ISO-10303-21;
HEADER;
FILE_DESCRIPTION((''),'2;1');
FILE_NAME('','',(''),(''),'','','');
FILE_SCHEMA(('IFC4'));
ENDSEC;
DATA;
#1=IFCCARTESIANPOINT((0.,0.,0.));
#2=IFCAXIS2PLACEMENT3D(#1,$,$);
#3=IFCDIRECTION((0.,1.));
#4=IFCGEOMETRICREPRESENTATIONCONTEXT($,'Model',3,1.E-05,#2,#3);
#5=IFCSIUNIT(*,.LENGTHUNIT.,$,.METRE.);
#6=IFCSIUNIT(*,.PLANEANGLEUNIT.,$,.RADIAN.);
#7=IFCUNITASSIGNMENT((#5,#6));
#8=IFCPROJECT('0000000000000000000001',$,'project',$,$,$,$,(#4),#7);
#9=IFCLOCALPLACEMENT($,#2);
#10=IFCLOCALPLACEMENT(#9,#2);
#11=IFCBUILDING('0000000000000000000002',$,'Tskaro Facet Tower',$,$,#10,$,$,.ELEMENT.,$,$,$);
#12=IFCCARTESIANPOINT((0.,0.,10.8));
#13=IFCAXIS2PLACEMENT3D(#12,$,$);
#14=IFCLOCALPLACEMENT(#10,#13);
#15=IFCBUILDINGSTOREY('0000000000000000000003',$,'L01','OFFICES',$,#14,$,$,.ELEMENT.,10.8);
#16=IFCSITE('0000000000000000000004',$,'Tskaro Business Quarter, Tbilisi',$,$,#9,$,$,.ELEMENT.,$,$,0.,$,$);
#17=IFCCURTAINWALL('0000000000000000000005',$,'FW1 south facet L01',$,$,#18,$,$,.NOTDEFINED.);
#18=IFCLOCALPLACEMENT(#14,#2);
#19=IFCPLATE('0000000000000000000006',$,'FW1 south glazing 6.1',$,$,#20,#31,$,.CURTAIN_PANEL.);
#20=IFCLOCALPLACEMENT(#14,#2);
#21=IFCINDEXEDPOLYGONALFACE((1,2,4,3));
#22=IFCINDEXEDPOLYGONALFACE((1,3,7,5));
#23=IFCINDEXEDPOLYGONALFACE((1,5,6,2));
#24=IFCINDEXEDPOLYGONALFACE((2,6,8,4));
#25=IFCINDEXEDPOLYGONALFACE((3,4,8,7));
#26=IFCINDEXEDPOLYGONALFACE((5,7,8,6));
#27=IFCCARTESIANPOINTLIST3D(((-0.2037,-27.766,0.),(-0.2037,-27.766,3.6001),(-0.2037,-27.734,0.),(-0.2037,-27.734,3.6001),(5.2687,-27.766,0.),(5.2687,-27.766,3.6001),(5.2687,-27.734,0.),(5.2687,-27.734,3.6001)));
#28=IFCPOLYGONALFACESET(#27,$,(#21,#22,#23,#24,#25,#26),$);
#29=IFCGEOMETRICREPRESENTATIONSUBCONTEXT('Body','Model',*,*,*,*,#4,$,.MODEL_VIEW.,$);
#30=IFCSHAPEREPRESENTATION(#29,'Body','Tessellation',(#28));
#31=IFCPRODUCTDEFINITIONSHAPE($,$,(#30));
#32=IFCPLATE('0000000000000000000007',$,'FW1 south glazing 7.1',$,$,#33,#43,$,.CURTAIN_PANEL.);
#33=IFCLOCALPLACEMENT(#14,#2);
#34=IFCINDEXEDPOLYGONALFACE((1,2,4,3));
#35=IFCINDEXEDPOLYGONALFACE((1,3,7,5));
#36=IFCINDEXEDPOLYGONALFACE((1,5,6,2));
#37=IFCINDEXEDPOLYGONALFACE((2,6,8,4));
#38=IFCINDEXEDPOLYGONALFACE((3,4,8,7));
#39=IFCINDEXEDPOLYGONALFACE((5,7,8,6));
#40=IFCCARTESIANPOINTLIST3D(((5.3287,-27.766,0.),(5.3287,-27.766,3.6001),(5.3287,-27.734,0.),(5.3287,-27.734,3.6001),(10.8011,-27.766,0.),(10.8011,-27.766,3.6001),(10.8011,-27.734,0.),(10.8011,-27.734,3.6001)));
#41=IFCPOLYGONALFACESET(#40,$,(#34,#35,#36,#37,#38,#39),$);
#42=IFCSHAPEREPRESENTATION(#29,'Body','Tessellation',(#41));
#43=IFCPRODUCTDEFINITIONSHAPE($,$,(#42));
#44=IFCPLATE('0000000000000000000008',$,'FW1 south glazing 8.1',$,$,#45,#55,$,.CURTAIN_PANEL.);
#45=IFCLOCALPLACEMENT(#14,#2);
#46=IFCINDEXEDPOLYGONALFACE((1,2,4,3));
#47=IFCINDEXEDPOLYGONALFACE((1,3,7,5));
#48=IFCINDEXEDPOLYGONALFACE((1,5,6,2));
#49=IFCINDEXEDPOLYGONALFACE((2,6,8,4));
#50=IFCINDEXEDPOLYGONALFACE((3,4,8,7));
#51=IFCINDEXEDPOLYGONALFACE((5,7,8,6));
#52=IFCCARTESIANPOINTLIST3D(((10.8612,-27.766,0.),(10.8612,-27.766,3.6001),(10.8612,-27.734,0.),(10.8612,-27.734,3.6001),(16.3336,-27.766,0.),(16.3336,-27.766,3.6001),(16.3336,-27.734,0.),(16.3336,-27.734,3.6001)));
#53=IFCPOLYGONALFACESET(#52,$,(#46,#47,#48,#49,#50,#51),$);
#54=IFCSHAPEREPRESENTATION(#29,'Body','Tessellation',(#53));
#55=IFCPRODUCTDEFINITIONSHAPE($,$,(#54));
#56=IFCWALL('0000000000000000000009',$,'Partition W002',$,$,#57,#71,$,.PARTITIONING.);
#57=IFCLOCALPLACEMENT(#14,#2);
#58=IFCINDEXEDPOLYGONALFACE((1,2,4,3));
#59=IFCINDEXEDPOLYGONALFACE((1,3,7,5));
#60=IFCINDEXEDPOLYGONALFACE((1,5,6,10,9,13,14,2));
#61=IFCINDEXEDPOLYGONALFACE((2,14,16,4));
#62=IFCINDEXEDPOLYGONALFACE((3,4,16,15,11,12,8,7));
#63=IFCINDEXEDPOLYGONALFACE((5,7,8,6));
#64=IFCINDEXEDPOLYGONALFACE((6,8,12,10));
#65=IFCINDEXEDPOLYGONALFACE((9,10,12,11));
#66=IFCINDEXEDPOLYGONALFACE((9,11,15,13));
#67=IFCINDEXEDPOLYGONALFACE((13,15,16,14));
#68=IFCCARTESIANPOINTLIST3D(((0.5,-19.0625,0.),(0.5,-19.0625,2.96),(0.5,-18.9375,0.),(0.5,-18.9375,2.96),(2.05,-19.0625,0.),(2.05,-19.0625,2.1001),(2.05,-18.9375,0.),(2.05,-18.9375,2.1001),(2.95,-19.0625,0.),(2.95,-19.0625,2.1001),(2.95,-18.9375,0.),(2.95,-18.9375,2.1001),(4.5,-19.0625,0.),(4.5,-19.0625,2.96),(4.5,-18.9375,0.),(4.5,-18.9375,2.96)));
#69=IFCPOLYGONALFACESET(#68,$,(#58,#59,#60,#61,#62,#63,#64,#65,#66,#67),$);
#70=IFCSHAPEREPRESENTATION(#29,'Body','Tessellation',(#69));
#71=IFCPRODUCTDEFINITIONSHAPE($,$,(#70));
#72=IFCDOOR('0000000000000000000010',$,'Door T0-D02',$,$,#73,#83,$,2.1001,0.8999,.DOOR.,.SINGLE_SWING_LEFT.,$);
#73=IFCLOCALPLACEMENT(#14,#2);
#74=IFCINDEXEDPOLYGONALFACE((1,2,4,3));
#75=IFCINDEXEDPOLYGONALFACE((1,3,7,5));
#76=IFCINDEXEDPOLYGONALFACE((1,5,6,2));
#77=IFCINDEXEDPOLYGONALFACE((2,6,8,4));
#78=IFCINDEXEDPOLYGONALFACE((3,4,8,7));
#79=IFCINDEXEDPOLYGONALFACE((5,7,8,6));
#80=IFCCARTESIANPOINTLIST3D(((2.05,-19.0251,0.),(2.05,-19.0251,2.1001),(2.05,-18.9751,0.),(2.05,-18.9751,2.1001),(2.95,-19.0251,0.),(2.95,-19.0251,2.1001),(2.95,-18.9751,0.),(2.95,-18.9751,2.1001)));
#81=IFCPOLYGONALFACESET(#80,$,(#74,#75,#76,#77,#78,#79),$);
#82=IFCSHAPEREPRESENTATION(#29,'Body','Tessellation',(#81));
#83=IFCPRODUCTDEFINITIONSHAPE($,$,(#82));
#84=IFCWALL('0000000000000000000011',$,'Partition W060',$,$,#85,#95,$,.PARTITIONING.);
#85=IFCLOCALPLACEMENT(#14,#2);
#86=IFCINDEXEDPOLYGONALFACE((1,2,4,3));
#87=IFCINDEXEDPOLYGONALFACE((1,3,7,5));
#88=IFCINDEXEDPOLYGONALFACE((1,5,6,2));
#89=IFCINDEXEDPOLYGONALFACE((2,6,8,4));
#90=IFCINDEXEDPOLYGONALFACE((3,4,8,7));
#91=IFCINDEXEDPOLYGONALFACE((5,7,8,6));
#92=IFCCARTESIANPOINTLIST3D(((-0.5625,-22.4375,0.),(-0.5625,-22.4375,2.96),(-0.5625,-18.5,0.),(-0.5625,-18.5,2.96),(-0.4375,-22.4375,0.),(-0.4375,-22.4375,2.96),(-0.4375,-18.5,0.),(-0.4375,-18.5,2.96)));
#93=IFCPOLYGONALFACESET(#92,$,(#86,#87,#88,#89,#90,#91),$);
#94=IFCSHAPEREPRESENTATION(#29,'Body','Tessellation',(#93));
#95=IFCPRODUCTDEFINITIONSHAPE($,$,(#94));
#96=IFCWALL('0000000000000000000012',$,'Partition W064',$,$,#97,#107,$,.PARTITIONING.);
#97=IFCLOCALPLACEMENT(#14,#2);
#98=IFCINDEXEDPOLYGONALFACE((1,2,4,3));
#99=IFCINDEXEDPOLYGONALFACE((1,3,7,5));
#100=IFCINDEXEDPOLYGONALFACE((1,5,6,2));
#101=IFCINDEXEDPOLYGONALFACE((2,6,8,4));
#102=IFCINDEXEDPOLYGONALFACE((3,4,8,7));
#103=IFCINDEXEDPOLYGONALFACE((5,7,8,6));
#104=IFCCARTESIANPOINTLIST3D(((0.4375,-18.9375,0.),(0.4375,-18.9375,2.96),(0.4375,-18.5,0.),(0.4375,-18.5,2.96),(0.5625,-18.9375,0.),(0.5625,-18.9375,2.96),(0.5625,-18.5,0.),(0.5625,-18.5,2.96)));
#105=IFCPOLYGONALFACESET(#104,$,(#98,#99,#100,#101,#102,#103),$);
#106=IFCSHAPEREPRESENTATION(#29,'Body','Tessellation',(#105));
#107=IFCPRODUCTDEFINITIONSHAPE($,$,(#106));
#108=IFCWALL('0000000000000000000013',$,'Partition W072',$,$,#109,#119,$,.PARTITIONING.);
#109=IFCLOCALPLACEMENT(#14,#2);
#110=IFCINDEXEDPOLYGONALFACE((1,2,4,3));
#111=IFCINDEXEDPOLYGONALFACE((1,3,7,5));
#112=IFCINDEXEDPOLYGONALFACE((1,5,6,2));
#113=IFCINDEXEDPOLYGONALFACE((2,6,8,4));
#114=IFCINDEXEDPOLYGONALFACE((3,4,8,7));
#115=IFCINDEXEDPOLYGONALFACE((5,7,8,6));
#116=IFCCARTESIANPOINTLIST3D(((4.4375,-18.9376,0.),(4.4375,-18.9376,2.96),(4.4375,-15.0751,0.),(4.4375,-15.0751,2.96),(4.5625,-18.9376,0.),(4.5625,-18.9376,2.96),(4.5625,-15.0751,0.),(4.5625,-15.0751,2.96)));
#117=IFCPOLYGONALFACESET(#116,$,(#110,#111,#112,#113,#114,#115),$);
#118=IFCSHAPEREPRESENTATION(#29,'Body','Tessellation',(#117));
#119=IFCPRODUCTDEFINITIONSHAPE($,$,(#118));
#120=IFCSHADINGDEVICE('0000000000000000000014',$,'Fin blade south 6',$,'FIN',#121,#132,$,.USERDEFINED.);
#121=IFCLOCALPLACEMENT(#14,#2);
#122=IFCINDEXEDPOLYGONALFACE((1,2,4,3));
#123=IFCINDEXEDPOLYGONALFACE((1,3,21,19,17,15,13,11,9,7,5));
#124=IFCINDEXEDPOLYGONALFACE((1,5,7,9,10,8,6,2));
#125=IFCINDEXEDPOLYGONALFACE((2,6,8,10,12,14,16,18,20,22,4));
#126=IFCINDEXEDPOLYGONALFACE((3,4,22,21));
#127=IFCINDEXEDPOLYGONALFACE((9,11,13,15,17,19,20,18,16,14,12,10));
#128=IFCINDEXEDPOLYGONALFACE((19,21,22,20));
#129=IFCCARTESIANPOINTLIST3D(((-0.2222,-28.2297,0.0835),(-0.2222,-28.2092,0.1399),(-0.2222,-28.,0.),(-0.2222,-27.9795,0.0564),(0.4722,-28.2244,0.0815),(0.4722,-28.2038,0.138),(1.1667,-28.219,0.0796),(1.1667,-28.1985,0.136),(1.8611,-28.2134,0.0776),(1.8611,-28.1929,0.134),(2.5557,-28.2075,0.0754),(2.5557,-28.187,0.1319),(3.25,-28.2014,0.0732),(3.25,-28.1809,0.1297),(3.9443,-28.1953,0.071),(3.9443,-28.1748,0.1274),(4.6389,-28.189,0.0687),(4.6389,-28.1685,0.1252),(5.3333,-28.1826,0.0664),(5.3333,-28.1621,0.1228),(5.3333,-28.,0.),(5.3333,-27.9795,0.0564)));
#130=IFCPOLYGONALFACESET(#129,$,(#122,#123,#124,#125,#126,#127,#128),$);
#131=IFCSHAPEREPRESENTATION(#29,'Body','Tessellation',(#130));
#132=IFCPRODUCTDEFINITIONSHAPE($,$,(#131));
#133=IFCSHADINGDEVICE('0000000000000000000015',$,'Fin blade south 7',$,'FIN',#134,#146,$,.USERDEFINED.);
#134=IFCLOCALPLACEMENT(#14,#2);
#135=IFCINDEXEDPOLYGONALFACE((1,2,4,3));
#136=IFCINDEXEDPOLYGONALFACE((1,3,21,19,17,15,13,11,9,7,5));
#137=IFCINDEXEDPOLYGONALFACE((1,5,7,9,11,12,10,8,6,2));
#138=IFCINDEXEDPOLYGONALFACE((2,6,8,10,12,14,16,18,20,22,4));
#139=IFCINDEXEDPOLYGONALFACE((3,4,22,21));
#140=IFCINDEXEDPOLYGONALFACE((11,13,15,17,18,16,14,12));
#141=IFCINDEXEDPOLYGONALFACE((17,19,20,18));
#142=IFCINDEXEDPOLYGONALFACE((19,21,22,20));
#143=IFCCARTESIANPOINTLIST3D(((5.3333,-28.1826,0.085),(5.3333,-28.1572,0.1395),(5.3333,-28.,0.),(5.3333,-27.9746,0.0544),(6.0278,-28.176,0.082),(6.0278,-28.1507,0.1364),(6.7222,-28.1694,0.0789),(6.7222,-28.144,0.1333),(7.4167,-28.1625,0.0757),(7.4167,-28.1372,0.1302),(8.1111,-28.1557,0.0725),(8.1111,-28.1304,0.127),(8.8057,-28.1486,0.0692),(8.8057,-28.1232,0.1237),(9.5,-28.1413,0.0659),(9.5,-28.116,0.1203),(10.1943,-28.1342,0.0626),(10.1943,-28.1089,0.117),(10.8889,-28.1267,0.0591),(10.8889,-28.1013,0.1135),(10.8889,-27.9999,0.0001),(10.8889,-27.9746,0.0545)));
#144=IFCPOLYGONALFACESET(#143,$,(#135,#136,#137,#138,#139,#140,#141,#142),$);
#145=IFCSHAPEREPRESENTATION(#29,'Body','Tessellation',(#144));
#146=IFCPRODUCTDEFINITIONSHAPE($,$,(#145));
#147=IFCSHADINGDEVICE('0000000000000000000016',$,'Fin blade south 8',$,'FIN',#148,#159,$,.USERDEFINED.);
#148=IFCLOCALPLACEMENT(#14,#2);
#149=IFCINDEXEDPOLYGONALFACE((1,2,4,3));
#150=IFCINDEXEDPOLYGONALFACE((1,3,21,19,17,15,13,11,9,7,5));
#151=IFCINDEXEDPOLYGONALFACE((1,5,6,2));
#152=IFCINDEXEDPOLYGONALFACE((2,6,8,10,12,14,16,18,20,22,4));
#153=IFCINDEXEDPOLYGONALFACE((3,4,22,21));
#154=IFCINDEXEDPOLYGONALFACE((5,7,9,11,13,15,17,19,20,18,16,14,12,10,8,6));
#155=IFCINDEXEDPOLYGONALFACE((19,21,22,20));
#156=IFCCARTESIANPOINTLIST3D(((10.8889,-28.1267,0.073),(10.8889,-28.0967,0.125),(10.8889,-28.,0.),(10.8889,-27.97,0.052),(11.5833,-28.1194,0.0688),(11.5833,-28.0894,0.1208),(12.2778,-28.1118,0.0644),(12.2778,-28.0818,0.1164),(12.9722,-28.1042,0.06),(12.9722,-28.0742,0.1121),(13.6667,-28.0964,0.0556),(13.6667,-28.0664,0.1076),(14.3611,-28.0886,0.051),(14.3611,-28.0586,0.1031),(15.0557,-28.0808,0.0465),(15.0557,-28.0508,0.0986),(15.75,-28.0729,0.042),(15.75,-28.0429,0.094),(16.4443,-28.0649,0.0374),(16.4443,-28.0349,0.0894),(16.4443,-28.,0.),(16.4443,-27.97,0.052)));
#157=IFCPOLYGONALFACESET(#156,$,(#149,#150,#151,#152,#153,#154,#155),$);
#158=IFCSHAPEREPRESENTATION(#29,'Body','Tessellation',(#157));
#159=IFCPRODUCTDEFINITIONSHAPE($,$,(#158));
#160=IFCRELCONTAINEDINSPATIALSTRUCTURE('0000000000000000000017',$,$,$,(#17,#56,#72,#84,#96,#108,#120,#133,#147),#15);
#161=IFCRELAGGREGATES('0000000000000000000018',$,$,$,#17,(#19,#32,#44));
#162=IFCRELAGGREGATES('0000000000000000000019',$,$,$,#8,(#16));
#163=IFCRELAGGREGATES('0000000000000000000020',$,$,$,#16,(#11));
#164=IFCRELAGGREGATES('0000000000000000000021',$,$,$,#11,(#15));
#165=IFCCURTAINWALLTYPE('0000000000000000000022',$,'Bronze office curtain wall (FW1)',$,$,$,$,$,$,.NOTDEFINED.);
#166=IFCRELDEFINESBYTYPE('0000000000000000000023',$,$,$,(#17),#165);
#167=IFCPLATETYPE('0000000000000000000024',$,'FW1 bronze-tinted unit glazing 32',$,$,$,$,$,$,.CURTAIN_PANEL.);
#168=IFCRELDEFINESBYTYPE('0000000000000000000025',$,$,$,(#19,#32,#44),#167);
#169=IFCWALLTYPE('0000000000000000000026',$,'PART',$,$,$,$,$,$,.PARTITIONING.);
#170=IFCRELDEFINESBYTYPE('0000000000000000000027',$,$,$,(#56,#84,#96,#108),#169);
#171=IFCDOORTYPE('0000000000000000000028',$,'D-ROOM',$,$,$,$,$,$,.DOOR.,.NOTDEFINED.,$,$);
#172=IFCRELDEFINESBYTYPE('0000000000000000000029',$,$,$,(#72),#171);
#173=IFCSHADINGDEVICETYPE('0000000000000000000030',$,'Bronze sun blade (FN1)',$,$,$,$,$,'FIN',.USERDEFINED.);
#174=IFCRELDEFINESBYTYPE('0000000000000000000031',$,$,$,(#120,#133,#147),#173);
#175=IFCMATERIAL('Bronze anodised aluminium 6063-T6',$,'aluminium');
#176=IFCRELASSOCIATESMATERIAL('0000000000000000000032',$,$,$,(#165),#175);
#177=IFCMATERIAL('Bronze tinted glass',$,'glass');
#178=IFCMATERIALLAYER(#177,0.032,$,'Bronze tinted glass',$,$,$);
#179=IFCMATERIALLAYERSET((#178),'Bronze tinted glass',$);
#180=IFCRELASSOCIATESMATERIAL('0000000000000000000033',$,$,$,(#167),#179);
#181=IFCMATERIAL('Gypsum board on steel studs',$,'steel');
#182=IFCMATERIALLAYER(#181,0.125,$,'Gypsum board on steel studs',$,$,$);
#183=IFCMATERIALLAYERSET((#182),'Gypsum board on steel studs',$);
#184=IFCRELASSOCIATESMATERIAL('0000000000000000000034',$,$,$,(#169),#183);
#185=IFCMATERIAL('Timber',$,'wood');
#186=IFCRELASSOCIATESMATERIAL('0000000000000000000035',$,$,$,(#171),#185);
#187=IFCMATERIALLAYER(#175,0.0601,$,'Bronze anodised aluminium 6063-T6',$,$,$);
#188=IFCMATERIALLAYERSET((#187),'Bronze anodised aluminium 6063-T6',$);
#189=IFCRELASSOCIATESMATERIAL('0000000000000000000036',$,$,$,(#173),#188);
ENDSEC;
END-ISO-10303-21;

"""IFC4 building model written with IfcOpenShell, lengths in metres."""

from ifc_helpers import new_model, si_unit, direction, frame, frame_2d, origin, origin_2d, place, context, subcontext, project, spatial, polyline, rectangle, outline, extrude, material, layer, layer_set, type_object, element, fill, aggregate, save


model = new_model("IFC4")

# Units and contexts
model_context = context("Model", 3, precision=1e-05, world=origin(), true_north=direction((0.0, 1.0)))
body_context = subcontext(model_context, "Body", "Model", "MODEL_VIEW")
ifc_project = project(units=[si_unit("LENGTHUNIT", "METRE"), si_unit("PLANEANGLEUNIT", "RADIAN")], contexts=[model_context])

# Site, building, storey
site_placement = place(None, origin())
site = spatial("IfcSite", under=ifc_project, at=site_placement, Name="Tskaro Business Quarter, Tbilisi", CompositionType="ELEMENT", RefElevation=0.0)
building_placement = place(site_placement, origin())
building = spatial("IfcBuilding", under=site, at=building_placement, Name="Tskaro Facet Tower", CompositionType="ELEMENT")
storey_placement = place(building_placement, frame((0.0, 0.0, 10.8)))
storey = spatial("IfcBuildingStorey", under=building, at=storey_placement, Name="L01", Description="OFFICES", CompositionType="ELEMENT", Elevation=10.8)

# Curtain wall
ifc_material_1 = material(Name="Bronze anodised aluminium 6063-T6", Category="aluminium")
curtain_wall_type = type_object("IfcCurtainWallType", Name="Bronze office curtain wall (FW1)", PredefinedType="NOTDEFINED", material=ifc_material_1)
curtain_wall_placement = place(storey_placement, origin())
curtain_wall = element("IfcCurtainWall", 1, at=curtain_wall_placement, inside=storey, type_object=curtain_wall_type, Name="FW1 south facet L01", PredefinedType="NOTDEFINED")

# Plates
ifc_material_2 = material(Name="Bronze tinted glass", Category="glass")
ifc_layer_1 = layer(ifc_material_2, 0.032, Name="Bronze tinted glass")
ifc_layer_set_1 = layer_set([ifc_layer_1], Name="Bronze tinted glass")
plate_type = type_object("IfcPlateType", Name="FW1 bronze-tinted unit glazing 32", PredefinedType="CURTAIN_PANEL", material=ifc_layer_set_1)
plate_1_placement = place(storey_placement, frame((2.5325, -27.75, 0.0), z_axis=(0.0, 0.0, 1.0), x_axis=(1.0, 0.0, 0.0)))
plate_1 = element("IfcPlate", 2, at=plate_1_placement, type_object=plate_type, Name="FW1 south glazing 6.1", PredefinedType="CURTAIN_PANEL", context=body_context, shape_type="SweptSolid", body=[
    extrude(rectangle(XDim=5.4724, YDim=0.032, at=origin_2d()), origin(), (0.0, 0.0, 1.0), 3.6001),
])
plate_2_placement = place(storey_placement, frame((8.0649, -27.75, 0.0), z_axis=(0.0, 0.0, 1.0), x_axis=(1.0, 0.0, 0.0)))
plate_2 = element("IfcPlate", 3, at=plate_2_placement, type_object=plate_type, Name="FW1 south glazing 7.1", PredefinedType="CURTAIN_PANEL", context=body_context, shape_type="SweptSolid", body=[
    extrude(rectangle(XDim=5.4724, YDim=0.032, at=origin_2d()), origin(), (0.0, 0.0, 1.0), 3.6001),
])
plate_3_placement = place(storey_placement, frame((13.5974, -27.75, 0.0), z_axis=(0.0, 0.0, 1.0), x_axis=(1.0, 0.0, 0.0)))
plate_3 = element("IfcPlate", 4, at=plate_3_placement, type_object=plate_type, Name="FW1 south glazing 8.1", PredefinedType="CURTAIN_PANEL", context=body_context, shape_type="SweptSolid", body=[
    extrude(rectangle(XDim=5.4724, YDim=0.032, at=origin_2d()), origin(), (0.0, 0.0, 1.0), 3.6001),
])
aggregate(curtain_wall, [plate_1, plate_2, plate_3])

# Wall, opening, door
ifc_material_3 = material(Name="Gypsum board on steel studs", Category="steel")
ifc_layer_2 = layer(ifc_material_3, 0.125, Name="Gypsum board on steel studs")
ifc_layer_set_2 = layer_set([ifc_layer_2], Name="Gypsum board on steel studs")
wall_type = type_object("IfcWallType", Name="PART", PredefinedType="PARTITIONING", material=ifc_layer_set_2)
wall_1_placement = place(storey_placement, frame((0.5, -19.0, 0.0), z_axis=(0.0, 0.0, 1.0), x_axis=(1.0, 0.0, 0.0)))
wall_1 = element("IfcWall", 5, at=wall_1_placement, inside=storey, type_object=wall_type, Name="Partition W002", PredefinedType="PARTITIONING", context=body_context, shape_type="SweptSolid", body=[
    extrude(rectangle(XDim=4.0, YDim=0.125, at=frame_2d((2.0, 0.0))), origin(), (0.0, 0.0, 1.0), 2.96),
])
opening_placement = place(wall_1_placement, frame((1.55, 0.0, 0.0)))
opening = element("IfcOpeningElement", 6, at=opening_placement, cuts=wall_1, PredefinedType="OPENING", context=body_context, shape_type="SweptSolid", body=[
    extrude(rectangle(XDim=0.8999, YDim=2.1001, at=frame_2d((0.45, 1.05))), frame((0.0, 0.0725, 0.0), z_axis=(0.0, -1.0, 0.0), x_axis=(1.0, 0.0, 0.0)), (0.0, 0.0, 1.0), 0.145),
])
ifc_material_4 = material(Name="Timber", Category="wood")
door_type = type_object("IfcDoorType", Name="D-ROOM", OperationType="NOTDEFINED", PredefinedType="DOOR", material=ifc_material_4)
door_placement = place(opening_placement, origin())
door = element("IfcDoor", 7, at=door_placement, inside=storey, type_object=door_type, Name="Door T0-D02", OperationType="SINGLE_SWING_LEFT", OverallHeight=2.1001, OverallWidth=0.8999, PredefinedType="DOOR", context=body_context, shape_type="SweptSolid", body=[
    extrude(rectangle(XDim=0.8999, YDim=2.1001, at=frame_2d((0.45, 1.05))), frame((0.0, 0.0249, 0.0), z_axis=(0.0, -1.0, 0.0), x_axis=(1.0, 0.0, 0.0)), (0.0, 0.0, 1.0), 0.05),
])
fill(opening, door)

# Walls
wall_2_placement = place(storey_placement, frame((-0.5, -22.4375, 0.0), z_axis=(0.0, 0.0, 1.0), x_axis=(0.0, 1.0, 0.0)))
element("IfcWall", 8, at=wall_2_placement, inside=storey, type_object=wall_type, Name="Partition W060", PredefinedType="PARTITIONING", context=body_context, shape_type="SweptSolid", body=[
    extrude(rectangle(XDim=3.9375, YDim=0.125, at=frame_2d((1.9688, 0.0))), origin(), (0.0, 0.0, 1.0), 2.96),
])
wall_3_placement = place(storey_placement, frame((0.5, -18.9375, 0.0), z_axis=(0.0, 0.0, 1.0), x_axis=(0.0, 1.0, 0.0)))
element("IfcWall", 9, at=wall_3_placement, inside=storey, type_object=wall_type, Name="Partition W064", PredefinedType="PARTITIONING", context=body_context, shape_type="SweptSolid", body=[
    extrude(rectangle(XDim=0.4375, YDim=0.125, at=frame_2d((0.2188, 0.0))), origin(), (0.0, 0.0, 1.0), 2.96),
])
wall_4_placement = place(storey_placement, frame((4.5, -18.9375, 0.0), z_axis=(0.0, 0.0, 1.0), x_axis=(0.0, 1.0, 0.0)))
element("IfcWall", 10, at=wall_4_placement, inside=storey, type_object=wall_type, Name="Partition W072", PredefinedType="PARTITIONING", context=body_context, shape_type="SweptSolid", body=[
    extrude(rectangle(XDim=3.8625, YDim=0.125, at=frame_2d((1.9312, 0.0))), origin(), (0.0, 0.0, 1.0), 2.96),
])

# Shading devices
ifc_layer_3 = layer(ifc_material_1, 0.0601, Name="Bronze anodised aluminium 6063-T6")
ifc_layer_set_3 = layer_set([ifc_layer_3], Name="Bronze anodised aluminium 6063-T6")
shading_device_type = type_object("IfcShadingDeviceType", Name="Bronze sun blade (FN1)", ElementType="FIN", PredefinedType="USERDEFINED", material=ifc_layer_set_3)
shading_device_1_placement = place(storey_placement, frame((-0.2222, -27.9795, 0.0564), z_axis=(-0.000005, 0.341776, 0.939781), x_axis=(1.0, 0.000002, 0.000004)))
element("IfcShadingDevice", 11, at=shading_device_1_placement, inside=storey, type_object=shading_device_type, Name="Fin blade south 6", ObjectType="FIN", PredefinedType="USERDEFINED", context=body_context, shape_type="SweptSolid", body=[
    extrude(outline(polyline([(0.0, 0.0), (5.5554, 0.0), (5.5554, -0.1943), (4.8611, -0.2011), (4.1665, -0.2078), (3.4722, -0.2143), (2.7778, -0.2208), (2.0833, -0.2271), (1.3889, -0.233), (0.6943, -0.2387), (0.0, -0.2444), (0.0, 0.0)])), origin(), (0.0, 0.0, -1.0), 0.0601),
])
shading_device_2_placement = place(storey_placement, frame((5.3333, -27.9746, 0.0544), z_axis=(-0.000012, 0.422071, 0.906563), x_axis=(1.0, 0.000005, 0.000011)))
element("IfcShadingDevice", 12, at=shading_device_2_placement, inside=storey, type_object=shading_device_type, Name="Fin blade south 7", ObjectType="FIN", PredefinedType="USERDEFINED", context=body_context, shape_type="SweptSolid", body=[
    extrude(outline(polyline([(0.0, 0.0), (5.5557, 0.0), (5.5557, -0.1398), (4.8611, -0.1481), (4.1667, -0.156), (3.4724, -0.164), (2.7778, -0.1718), (2.0835, -0.1793), (1.3889, -0.1869), (0.6946, -0.1942), (0.0, -0.2014), (0.0, 0.0)])), origin(), (0.0, 0.0, -1.0), 0.0601),
])
shading_device_3_placement = place(storey_placement, frame((10.8889, -27.97, 0.052), z_axis=(0.000001, 0.49933, 0.866412), x_axis=(1.0, -0.000001, -0.000001)))
element("IfcShadingDevice", 13, at=shading_device_3_placement, inside=storey, type_object=shading_device_type, Name="Fin blade south 8", ObjectType="FIN", PredefinedType="USERDEFINED", context=body_context, shape_type="SweptSolid", body=[
    extrude(outline(polyline([(0.0, 0.0), (5.5554, 0.0), (5.5554, -0.0749), (4.8611, -0.0842), (4.1667, -0.0933), (3.4722, -0.1023), (2.7778, -0.1113), (2.0833, -0.1203), (1.3889, -0.1291), (0.6943, -0.1378), (0.0, -0.1462), (0.0, 0.0)])), origin(), (0.0, 0.0, -1.0), 0.0601),
])

save(model, "model.ifc")
